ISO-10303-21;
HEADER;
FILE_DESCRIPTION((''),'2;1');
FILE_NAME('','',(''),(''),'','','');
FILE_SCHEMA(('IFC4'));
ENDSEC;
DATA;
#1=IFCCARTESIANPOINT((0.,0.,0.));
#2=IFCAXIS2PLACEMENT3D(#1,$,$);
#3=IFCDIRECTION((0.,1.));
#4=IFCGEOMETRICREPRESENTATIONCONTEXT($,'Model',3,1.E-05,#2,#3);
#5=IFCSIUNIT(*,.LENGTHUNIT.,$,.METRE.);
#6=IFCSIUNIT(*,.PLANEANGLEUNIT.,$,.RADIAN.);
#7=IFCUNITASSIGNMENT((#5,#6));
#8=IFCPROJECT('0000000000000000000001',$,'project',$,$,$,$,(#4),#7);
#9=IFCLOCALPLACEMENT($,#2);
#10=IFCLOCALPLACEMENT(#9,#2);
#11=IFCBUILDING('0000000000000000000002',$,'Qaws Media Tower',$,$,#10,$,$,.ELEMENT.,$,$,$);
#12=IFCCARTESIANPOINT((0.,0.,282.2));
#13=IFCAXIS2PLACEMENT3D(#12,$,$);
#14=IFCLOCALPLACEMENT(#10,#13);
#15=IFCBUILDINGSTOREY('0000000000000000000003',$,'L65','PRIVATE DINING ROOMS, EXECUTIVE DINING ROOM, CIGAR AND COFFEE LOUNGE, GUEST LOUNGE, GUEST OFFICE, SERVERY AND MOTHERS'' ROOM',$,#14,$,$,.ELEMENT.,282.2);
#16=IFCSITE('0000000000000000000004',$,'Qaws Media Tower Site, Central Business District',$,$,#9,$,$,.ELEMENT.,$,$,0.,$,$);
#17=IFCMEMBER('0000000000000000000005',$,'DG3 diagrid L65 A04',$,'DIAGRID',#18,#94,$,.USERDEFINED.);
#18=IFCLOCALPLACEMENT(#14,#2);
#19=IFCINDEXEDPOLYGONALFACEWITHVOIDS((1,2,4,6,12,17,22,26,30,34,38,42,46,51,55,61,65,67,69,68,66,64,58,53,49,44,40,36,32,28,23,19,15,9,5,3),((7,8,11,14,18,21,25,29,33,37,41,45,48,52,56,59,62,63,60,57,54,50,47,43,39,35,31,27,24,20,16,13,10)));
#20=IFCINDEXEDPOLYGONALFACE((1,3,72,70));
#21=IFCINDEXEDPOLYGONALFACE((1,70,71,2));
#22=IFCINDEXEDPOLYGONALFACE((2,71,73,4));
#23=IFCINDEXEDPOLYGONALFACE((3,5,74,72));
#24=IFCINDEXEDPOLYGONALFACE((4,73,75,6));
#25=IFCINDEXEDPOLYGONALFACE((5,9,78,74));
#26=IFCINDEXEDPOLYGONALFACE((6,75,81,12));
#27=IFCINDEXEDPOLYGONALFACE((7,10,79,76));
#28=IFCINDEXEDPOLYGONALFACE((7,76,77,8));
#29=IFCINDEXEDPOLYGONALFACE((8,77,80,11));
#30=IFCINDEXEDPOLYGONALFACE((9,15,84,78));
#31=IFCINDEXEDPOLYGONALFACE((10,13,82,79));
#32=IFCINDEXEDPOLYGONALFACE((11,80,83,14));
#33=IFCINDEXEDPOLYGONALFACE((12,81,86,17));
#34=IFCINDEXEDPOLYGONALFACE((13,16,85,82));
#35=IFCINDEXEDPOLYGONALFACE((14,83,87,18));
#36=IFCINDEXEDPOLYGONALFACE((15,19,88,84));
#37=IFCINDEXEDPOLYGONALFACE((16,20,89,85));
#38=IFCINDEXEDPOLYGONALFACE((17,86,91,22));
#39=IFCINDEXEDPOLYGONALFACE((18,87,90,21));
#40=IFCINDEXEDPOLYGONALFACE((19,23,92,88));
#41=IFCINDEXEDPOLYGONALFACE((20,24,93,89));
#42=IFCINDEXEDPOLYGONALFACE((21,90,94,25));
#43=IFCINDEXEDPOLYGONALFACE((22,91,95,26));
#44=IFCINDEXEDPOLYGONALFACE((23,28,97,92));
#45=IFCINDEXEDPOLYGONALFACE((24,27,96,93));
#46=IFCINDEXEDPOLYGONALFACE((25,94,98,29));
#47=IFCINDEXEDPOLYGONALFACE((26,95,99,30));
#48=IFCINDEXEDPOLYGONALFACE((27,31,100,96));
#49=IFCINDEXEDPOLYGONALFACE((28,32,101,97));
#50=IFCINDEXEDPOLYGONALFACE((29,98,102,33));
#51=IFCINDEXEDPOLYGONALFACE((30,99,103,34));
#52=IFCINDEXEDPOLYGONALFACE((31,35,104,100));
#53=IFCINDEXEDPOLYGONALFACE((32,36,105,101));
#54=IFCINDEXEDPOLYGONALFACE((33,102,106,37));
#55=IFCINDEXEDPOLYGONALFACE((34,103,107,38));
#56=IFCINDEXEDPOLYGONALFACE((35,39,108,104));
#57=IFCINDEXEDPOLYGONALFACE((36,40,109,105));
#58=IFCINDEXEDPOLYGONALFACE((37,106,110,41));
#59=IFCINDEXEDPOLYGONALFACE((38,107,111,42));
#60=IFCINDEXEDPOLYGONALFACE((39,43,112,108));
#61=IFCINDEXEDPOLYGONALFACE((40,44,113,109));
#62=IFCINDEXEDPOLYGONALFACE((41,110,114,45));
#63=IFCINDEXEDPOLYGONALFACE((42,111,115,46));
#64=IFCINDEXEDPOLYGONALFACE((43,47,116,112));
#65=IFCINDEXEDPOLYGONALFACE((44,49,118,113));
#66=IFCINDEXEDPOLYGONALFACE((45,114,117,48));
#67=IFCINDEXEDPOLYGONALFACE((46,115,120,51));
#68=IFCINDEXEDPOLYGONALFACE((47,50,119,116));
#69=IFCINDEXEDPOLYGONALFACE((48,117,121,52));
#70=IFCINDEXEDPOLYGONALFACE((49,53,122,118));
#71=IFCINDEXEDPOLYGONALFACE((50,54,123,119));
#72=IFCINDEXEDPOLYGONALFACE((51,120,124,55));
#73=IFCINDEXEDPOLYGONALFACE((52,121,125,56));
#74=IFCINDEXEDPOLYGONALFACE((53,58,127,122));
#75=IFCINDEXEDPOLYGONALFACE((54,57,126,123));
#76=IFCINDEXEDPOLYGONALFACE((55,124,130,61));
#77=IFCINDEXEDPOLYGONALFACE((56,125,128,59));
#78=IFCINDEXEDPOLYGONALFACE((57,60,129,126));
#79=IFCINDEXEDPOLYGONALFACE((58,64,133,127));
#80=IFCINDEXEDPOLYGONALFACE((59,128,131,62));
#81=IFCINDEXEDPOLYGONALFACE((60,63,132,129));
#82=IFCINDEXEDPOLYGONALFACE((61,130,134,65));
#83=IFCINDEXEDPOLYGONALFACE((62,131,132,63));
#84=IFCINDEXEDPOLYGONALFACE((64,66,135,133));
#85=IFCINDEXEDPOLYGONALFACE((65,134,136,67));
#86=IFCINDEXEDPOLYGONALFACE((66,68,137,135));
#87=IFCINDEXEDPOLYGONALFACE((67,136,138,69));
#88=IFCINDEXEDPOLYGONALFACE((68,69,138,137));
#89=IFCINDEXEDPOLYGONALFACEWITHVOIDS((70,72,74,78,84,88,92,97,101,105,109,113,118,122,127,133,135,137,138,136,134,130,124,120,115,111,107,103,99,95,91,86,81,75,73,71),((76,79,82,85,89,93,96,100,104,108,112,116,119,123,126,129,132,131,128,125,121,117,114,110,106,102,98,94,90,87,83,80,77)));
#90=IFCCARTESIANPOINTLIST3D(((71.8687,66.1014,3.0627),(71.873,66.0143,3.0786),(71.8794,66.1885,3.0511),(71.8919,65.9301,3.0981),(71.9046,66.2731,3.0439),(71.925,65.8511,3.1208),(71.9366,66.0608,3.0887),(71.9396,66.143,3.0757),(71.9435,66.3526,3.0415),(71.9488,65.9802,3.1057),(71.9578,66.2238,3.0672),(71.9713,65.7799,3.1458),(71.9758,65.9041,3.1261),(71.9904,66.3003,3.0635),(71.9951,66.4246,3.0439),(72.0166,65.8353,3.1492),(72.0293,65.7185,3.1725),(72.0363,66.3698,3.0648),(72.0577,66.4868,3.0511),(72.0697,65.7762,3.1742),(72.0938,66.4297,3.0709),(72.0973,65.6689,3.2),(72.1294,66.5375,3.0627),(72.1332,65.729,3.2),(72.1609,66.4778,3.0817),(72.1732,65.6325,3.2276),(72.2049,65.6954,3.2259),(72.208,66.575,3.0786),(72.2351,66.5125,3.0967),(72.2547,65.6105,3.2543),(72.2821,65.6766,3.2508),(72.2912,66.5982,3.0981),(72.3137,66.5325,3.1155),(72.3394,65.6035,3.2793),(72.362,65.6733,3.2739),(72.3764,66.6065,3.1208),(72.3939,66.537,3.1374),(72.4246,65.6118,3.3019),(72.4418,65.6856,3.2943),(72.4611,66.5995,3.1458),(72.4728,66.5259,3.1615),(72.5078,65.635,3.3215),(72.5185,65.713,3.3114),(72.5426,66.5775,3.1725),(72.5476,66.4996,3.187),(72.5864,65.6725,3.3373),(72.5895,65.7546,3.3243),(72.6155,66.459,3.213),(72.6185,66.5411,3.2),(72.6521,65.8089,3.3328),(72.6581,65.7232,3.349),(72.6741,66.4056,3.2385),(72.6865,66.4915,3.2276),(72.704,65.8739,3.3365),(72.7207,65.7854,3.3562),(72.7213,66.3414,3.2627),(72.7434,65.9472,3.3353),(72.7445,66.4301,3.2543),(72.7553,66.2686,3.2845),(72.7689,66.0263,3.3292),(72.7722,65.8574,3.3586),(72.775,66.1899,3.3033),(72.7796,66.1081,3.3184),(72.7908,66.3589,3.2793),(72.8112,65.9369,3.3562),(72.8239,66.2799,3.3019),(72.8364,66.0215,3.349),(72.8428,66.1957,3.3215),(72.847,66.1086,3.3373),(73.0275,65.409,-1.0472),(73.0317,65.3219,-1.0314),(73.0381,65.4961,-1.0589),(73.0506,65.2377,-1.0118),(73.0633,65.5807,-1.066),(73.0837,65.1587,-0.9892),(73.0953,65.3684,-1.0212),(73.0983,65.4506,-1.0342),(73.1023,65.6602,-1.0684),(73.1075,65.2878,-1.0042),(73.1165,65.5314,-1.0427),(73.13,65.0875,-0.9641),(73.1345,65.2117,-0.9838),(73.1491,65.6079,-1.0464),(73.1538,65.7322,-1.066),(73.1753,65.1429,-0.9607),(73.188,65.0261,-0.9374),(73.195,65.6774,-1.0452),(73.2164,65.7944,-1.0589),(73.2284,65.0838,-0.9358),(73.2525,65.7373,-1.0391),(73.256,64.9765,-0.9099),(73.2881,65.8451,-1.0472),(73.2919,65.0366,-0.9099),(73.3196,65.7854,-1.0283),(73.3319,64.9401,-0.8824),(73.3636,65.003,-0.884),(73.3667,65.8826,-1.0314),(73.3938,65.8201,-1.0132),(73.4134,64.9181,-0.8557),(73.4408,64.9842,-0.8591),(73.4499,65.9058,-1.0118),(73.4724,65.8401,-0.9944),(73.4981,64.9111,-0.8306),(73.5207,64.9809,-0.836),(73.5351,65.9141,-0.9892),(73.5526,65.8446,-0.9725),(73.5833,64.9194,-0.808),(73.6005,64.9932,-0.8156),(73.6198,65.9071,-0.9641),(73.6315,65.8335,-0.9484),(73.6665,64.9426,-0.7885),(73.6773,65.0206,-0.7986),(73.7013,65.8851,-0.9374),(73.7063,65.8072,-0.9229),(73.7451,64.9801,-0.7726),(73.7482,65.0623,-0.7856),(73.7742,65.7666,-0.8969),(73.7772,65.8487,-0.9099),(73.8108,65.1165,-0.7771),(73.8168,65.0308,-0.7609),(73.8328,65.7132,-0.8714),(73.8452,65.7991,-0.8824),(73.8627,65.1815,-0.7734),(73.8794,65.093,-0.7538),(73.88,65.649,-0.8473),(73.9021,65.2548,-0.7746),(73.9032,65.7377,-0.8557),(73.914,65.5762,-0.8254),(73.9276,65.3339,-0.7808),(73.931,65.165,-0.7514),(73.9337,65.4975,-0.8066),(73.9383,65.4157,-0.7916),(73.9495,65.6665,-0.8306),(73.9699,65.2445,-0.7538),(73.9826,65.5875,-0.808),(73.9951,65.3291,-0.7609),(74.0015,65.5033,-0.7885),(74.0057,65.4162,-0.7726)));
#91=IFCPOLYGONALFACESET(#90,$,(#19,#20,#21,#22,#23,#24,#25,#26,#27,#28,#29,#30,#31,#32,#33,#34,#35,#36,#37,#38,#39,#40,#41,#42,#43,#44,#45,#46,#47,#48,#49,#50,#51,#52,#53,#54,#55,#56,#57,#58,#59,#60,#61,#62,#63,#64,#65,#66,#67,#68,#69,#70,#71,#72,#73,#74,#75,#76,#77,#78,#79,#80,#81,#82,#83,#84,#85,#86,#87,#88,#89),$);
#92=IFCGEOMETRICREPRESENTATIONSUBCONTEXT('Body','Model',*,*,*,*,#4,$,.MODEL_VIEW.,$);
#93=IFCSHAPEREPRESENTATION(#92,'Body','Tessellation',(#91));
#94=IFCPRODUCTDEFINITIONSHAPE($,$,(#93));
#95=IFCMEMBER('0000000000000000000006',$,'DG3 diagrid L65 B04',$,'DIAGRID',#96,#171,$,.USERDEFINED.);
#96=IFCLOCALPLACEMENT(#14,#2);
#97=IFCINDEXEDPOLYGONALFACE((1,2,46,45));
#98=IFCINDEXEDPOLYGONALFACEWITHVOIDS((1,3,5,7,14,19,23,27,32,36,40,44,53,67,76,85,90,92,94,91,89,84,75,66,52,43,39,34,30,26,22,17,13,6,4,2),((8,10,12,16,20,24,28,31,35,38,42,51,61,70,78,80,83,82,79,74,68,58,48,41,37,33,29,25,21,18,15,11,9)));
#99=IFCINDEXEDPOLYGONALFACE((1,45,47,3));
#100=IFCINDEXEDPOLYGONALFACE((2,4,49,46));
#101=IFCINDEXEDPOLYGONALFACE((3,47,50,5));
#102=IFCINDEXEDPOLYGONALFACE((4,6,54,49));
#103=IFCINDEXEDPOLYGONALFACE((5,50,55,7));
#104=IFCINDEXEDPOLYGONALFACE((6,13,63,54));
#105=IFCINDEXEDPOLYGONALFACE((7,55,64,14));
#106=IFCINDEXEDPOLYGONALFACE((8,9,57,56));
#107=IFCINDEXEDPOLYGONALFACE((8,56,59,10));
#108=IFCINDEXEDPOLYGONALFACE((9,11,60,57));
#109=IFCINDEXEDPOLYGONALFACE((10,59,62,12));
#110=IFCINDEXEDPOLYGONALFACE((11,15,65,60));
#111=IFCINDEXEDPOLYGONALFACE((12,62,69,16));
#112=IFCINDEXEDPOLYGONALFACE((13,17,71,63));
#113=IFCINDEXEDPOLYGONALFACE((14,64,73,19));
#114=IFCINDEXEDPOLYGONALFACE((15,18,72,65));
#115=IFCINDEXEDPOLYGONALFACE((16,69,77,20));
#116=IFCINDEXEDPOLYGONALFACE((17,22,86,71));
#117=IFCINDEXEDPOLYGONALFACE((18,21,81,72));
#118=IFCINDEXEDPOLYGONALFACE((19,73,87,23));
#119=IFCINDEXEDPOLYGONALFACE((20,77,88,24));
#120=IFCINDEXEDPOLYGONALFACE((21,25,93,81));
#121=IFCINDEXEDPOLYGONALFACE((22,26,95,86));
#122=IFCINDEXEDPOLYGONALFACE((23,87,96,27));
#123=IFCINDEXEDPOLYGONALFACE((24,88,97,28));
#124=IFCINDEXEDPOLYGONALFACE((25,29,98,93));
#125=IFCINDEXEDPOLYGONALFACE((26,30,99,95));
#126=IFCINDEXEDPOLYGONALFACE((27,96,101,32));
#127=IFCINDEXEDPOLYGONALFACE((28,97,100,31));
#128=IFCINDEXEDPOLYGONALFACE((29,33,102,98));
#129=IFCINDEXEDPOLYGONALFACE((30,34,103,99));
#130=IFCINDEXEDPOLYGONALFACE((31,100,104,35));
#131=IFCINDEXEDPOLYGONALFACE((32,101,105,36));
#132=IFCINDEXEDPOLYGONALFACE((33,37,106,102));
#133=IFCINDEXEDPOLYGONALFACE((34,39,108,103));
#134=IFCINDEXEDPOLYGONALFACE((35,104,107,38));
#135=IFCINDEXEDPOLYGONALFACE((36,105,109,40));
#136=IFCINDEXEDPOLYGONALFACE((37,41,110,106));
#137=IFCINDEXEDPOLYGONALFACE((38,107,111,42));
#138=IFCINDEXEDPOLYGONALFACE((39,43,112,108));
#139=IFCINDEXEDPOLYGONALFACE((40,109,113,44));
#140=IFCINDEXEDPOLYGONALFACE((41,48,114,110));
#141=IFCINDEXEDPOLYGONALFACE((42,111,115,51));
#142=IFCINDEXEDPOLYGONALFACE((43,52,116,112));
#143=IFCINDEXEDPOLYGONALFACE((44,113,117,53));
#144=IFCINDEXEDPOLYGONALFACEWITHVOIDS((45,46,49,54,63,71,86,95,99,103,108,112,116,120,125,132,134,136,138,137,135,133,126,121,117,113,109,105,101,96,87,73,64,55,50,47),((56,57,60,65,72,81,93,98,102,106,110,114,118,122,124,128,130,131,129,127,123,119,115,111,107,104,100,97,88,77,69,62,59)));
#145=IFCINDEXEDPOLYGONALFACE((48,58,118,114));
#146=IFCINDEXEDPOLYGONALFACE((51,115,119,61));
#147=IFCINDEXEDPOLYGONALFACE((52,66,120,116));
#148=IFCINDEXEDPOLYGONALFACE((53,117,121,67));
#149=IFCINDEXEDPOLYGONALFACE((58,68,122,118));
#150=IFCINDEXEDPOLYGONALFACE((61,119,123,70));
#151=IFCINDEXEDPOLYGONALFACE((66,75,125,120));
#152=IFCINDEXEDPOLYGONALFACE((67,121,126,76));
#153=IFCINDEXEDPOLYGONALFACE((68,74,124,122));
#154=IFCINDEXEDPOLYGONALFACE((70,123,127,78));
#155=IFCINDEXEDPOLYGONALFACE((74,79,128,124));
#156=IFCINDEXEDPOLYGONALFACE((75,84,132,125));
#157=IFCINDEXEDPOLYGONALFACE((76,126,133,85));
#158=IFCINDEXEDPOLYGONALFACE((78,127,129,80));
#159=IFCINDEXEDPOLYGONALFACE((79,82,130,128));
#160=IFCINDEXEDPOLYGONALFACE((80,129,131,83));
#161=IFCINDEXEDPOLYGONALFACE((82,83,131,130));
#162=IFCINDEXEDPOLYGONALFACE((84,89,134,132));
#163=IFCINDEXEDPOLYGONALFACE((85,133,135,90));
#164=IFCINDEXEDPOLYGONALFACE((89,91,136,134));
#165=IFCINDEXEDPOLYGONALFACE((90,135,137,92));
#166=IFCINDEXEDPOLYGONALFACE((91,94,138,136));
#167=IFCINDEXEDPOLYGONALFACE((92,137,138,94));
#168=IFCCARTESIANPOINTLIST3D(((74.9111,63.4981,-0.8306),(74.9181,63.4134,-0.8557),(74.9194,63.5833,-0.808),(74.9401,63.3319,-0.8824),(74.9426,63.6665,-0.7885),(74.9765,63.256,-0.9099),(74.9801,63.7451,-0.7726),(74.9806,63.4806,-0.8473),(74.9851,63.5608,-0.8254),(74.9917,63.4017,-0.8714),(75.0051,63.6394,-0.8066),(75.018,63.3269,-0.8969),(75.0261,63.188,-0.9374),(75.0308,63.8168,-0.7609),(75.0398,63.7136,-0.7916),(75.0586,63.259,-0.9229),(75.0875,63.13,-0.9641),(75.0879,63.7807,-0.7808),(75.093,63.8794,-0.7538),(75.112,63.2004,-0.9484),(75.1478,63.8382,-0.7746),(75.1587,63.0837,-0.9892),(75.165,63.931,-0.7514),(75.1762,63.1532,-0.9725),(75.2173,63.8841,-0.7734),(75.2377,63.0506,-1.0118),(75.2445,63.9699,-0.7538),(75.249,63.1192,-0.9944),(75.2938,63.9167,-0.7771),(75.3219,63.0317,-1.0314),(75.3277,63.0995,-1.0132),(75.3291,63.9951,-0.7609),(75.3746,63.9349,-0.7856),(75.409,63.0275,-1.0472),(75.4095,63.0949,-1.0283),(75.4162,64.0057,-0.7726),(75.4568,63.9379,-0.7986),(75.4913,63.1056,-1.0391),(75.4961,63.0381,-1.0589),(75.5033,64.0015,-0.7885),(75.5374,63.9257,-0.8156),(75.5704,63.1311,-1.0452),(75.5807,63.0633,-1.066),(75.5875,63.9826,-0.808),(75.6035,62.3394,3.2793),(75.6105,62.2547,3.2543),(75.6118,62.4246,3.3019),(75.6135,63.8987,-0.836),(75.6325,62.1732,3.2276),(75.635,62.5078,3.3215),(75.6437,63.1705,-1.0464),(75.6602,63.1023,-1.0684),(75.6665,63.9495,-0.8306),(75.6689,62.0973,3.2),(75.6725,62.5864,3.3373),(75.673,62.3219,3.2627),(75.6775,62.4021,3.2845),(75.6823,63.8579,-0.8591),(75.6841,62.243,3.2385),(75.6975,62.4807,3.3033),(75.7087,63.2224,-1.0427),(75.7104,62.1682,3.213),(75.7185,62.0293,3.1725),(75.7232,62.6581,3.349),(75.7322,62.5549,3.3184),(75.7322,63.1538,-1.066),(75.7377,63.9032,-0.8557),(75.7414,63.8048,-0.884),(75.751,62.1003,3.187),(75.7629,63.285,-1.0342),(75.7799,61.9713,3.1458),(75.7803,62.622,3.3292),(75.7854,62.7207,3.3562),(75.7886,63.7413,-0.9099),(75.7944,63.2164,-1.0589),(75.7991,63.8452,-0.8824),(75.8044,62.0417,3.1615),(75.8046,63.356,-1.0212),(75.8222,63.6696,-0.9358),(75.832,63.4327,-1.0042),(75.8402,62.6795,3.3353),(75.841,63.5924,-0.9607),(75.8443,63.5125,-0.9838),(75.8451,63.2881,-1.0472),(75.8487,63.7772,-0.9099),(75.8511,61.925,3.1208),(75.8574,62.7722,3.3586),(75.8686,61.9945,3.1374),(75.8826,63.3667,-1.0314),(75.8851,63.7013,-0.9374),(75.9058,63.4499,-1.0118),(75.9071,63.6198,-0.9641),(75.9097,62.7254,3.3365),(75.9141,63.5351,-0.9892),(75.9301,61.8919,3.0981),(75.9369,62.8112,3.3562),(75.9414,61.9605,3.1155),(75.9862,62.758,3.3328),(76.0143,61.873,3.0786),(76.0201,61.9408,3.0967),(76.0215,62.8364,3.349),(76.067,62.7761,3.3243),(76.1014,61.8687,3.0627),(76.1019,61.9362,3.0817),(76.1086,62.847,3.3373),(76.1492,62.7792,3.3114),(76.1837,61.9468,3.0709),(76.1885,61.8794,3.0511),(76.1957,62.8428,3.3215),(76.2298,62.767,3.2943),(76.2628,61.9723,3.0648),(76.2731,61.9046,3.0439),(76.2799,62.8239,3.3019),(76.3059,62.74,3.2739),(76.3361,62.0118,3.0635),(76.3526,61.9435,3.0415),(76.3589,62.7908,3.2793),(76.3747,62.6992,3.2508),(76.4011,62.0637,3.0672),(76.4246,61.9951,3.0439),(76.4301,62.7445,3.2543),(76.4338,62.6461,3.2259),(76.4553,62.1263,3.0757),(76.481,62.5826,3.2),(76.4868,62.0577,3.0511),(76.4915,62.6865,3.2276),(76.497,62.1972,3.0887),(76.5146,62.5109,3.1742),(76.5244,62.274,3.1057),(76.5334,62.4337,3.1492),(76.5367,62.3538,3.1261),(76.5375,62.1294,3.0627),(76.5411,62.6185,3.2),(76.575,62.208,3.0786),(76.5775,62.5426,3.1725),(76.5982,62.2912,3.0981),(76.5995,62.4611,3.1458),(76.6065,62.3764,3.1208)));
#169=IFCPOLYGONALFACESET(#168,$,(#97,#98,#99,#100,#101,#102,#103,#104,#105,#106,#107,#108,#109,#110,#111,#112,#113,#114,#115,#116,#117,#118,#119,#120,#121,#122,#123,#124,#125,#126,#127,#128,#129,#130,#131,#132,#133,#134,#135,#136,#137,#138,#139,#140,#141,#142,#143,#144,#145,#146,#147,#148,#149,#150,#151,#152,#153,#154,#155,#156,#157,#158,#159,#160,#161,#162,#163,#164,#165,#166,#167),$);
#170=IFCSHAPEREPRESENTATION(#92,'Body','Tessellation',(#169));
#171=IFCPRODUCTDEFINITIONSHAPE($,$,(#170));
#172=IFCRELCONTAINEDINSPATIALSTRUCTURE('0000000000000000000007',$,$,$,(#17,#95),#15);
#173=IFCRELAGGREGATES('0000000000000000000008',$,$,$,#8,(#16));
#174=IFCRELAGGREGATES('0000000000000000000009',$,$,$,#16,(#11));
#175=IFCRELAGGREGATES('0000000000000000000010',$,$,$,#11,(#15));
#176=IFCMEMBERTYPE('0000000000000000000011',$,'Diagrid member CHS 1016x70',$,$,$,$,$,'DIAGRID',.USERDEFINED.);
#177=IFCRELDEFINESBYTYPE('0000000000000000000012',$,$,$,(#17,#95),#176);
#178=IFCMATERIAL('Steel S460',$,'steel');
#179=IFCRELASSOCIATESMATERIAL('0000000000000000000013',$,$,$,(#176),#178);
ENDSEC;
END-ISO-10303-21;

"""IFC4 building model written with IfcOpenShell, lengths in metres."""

from ifc_helpers import new_model, si_unit, direction, frame, origin, origin_2d, place, context, subcontext, project, spatial, hollow_circle, extrude, material, material_profile, profile_set, type_object, element, save


model = new_model("IFC4")

# Units and contexts
model_context = context("Model", 3, precision=1e-05, world=origin(), true_north=direction((0.0, 1.0)))
body_context = subcontext(model_context, "Body", "Model", "MODEL_VIEW")
ifc_project = project(units=[si_unit("LENGTHUNIT", "METRE"), si_unit("PLANEANGLEUNIT", "RADIAN")], contexts=[model_context])

# Site, building, storey
site_placement = place(None, origin())
site = spatial("IfcSite", under=ifc_project, at=site_placement, Name="Qaws Media Tower Site, Central Business District", CompositionType="ELEMENT", RefElevation=0.0)
building_placement = place(site_placement, origin())
building = spatial("IfcBuilding", under=site, at=building_placement, Name="Qaws Media Tower", CompositionType="ELEMENT")
storey_placement = place(building_placement, frame((0.0, 0.0, 282.2)))
storey = spatial("IfcBuildingStorey", under=building, at=storey_placement, Name="L65", Description="PRIVATE DINING ROOMS, EXECUTIVE DINING ROOM, CIGAR AND COFFEE LOUNGE, GUEST LOUNGE, GUEST OFFICE, SERVERY AND MOTHERS' ROOM", CompositionType="ELEMENT", Elevation=282.2)

# Members
ifc_material_1 = material(Name="Steel S460", Category="steel")
ifc_material_profile_1 = material_profile(ifc_material_1, hollow_circle(Radius=0.5081, WallThickness=0.0701, at=origin_2d()), Name="CHS 1016x70")
ifc_profile_set_1 = profile_set([ifc_material_profile_1], Name="Steel S460")
member_type_1 = type_object("IfcMemberType", Name="Diagrid member CHS 1016x70", ElementType="DIAGRID", PredefinedType="USERDEFINED", material=ifc_profile_set_1)
for number, where, z_axis, x_axis, name in (
    (1, (73.5166, 65.4126, -0.9099), (-0.267853, 0.160057, 0.950072), (-0.512952, -0.858417, 0.0), "DG3 diagrid L65 A04"),
    (2, (75.4126, 63.5166, -0.9099), (0.160057, -0.267853, 0.950072), (0.858417, 0.512952, 0.0), "DG3 diagrid L65 B04"),
):
    element("IfcMember", number, at=place(storey_placement, frame(where, z_axis=z_axis, x_axis=x_axis)), inside=storey, type_object=member_type_1, Name=name, ObjectType="DIAGRID", PredefinedType="USERDEFINED", context=body_context, shape_type="SweptSolid", body=[
        extrude(hollow_circle(Radius=0.5081, WallThickness=0.0701, at=origin_2d()), origin(), (0.0, 0.0, 1.0), 4.3259),
    ])

save(model, "model.ifc")
